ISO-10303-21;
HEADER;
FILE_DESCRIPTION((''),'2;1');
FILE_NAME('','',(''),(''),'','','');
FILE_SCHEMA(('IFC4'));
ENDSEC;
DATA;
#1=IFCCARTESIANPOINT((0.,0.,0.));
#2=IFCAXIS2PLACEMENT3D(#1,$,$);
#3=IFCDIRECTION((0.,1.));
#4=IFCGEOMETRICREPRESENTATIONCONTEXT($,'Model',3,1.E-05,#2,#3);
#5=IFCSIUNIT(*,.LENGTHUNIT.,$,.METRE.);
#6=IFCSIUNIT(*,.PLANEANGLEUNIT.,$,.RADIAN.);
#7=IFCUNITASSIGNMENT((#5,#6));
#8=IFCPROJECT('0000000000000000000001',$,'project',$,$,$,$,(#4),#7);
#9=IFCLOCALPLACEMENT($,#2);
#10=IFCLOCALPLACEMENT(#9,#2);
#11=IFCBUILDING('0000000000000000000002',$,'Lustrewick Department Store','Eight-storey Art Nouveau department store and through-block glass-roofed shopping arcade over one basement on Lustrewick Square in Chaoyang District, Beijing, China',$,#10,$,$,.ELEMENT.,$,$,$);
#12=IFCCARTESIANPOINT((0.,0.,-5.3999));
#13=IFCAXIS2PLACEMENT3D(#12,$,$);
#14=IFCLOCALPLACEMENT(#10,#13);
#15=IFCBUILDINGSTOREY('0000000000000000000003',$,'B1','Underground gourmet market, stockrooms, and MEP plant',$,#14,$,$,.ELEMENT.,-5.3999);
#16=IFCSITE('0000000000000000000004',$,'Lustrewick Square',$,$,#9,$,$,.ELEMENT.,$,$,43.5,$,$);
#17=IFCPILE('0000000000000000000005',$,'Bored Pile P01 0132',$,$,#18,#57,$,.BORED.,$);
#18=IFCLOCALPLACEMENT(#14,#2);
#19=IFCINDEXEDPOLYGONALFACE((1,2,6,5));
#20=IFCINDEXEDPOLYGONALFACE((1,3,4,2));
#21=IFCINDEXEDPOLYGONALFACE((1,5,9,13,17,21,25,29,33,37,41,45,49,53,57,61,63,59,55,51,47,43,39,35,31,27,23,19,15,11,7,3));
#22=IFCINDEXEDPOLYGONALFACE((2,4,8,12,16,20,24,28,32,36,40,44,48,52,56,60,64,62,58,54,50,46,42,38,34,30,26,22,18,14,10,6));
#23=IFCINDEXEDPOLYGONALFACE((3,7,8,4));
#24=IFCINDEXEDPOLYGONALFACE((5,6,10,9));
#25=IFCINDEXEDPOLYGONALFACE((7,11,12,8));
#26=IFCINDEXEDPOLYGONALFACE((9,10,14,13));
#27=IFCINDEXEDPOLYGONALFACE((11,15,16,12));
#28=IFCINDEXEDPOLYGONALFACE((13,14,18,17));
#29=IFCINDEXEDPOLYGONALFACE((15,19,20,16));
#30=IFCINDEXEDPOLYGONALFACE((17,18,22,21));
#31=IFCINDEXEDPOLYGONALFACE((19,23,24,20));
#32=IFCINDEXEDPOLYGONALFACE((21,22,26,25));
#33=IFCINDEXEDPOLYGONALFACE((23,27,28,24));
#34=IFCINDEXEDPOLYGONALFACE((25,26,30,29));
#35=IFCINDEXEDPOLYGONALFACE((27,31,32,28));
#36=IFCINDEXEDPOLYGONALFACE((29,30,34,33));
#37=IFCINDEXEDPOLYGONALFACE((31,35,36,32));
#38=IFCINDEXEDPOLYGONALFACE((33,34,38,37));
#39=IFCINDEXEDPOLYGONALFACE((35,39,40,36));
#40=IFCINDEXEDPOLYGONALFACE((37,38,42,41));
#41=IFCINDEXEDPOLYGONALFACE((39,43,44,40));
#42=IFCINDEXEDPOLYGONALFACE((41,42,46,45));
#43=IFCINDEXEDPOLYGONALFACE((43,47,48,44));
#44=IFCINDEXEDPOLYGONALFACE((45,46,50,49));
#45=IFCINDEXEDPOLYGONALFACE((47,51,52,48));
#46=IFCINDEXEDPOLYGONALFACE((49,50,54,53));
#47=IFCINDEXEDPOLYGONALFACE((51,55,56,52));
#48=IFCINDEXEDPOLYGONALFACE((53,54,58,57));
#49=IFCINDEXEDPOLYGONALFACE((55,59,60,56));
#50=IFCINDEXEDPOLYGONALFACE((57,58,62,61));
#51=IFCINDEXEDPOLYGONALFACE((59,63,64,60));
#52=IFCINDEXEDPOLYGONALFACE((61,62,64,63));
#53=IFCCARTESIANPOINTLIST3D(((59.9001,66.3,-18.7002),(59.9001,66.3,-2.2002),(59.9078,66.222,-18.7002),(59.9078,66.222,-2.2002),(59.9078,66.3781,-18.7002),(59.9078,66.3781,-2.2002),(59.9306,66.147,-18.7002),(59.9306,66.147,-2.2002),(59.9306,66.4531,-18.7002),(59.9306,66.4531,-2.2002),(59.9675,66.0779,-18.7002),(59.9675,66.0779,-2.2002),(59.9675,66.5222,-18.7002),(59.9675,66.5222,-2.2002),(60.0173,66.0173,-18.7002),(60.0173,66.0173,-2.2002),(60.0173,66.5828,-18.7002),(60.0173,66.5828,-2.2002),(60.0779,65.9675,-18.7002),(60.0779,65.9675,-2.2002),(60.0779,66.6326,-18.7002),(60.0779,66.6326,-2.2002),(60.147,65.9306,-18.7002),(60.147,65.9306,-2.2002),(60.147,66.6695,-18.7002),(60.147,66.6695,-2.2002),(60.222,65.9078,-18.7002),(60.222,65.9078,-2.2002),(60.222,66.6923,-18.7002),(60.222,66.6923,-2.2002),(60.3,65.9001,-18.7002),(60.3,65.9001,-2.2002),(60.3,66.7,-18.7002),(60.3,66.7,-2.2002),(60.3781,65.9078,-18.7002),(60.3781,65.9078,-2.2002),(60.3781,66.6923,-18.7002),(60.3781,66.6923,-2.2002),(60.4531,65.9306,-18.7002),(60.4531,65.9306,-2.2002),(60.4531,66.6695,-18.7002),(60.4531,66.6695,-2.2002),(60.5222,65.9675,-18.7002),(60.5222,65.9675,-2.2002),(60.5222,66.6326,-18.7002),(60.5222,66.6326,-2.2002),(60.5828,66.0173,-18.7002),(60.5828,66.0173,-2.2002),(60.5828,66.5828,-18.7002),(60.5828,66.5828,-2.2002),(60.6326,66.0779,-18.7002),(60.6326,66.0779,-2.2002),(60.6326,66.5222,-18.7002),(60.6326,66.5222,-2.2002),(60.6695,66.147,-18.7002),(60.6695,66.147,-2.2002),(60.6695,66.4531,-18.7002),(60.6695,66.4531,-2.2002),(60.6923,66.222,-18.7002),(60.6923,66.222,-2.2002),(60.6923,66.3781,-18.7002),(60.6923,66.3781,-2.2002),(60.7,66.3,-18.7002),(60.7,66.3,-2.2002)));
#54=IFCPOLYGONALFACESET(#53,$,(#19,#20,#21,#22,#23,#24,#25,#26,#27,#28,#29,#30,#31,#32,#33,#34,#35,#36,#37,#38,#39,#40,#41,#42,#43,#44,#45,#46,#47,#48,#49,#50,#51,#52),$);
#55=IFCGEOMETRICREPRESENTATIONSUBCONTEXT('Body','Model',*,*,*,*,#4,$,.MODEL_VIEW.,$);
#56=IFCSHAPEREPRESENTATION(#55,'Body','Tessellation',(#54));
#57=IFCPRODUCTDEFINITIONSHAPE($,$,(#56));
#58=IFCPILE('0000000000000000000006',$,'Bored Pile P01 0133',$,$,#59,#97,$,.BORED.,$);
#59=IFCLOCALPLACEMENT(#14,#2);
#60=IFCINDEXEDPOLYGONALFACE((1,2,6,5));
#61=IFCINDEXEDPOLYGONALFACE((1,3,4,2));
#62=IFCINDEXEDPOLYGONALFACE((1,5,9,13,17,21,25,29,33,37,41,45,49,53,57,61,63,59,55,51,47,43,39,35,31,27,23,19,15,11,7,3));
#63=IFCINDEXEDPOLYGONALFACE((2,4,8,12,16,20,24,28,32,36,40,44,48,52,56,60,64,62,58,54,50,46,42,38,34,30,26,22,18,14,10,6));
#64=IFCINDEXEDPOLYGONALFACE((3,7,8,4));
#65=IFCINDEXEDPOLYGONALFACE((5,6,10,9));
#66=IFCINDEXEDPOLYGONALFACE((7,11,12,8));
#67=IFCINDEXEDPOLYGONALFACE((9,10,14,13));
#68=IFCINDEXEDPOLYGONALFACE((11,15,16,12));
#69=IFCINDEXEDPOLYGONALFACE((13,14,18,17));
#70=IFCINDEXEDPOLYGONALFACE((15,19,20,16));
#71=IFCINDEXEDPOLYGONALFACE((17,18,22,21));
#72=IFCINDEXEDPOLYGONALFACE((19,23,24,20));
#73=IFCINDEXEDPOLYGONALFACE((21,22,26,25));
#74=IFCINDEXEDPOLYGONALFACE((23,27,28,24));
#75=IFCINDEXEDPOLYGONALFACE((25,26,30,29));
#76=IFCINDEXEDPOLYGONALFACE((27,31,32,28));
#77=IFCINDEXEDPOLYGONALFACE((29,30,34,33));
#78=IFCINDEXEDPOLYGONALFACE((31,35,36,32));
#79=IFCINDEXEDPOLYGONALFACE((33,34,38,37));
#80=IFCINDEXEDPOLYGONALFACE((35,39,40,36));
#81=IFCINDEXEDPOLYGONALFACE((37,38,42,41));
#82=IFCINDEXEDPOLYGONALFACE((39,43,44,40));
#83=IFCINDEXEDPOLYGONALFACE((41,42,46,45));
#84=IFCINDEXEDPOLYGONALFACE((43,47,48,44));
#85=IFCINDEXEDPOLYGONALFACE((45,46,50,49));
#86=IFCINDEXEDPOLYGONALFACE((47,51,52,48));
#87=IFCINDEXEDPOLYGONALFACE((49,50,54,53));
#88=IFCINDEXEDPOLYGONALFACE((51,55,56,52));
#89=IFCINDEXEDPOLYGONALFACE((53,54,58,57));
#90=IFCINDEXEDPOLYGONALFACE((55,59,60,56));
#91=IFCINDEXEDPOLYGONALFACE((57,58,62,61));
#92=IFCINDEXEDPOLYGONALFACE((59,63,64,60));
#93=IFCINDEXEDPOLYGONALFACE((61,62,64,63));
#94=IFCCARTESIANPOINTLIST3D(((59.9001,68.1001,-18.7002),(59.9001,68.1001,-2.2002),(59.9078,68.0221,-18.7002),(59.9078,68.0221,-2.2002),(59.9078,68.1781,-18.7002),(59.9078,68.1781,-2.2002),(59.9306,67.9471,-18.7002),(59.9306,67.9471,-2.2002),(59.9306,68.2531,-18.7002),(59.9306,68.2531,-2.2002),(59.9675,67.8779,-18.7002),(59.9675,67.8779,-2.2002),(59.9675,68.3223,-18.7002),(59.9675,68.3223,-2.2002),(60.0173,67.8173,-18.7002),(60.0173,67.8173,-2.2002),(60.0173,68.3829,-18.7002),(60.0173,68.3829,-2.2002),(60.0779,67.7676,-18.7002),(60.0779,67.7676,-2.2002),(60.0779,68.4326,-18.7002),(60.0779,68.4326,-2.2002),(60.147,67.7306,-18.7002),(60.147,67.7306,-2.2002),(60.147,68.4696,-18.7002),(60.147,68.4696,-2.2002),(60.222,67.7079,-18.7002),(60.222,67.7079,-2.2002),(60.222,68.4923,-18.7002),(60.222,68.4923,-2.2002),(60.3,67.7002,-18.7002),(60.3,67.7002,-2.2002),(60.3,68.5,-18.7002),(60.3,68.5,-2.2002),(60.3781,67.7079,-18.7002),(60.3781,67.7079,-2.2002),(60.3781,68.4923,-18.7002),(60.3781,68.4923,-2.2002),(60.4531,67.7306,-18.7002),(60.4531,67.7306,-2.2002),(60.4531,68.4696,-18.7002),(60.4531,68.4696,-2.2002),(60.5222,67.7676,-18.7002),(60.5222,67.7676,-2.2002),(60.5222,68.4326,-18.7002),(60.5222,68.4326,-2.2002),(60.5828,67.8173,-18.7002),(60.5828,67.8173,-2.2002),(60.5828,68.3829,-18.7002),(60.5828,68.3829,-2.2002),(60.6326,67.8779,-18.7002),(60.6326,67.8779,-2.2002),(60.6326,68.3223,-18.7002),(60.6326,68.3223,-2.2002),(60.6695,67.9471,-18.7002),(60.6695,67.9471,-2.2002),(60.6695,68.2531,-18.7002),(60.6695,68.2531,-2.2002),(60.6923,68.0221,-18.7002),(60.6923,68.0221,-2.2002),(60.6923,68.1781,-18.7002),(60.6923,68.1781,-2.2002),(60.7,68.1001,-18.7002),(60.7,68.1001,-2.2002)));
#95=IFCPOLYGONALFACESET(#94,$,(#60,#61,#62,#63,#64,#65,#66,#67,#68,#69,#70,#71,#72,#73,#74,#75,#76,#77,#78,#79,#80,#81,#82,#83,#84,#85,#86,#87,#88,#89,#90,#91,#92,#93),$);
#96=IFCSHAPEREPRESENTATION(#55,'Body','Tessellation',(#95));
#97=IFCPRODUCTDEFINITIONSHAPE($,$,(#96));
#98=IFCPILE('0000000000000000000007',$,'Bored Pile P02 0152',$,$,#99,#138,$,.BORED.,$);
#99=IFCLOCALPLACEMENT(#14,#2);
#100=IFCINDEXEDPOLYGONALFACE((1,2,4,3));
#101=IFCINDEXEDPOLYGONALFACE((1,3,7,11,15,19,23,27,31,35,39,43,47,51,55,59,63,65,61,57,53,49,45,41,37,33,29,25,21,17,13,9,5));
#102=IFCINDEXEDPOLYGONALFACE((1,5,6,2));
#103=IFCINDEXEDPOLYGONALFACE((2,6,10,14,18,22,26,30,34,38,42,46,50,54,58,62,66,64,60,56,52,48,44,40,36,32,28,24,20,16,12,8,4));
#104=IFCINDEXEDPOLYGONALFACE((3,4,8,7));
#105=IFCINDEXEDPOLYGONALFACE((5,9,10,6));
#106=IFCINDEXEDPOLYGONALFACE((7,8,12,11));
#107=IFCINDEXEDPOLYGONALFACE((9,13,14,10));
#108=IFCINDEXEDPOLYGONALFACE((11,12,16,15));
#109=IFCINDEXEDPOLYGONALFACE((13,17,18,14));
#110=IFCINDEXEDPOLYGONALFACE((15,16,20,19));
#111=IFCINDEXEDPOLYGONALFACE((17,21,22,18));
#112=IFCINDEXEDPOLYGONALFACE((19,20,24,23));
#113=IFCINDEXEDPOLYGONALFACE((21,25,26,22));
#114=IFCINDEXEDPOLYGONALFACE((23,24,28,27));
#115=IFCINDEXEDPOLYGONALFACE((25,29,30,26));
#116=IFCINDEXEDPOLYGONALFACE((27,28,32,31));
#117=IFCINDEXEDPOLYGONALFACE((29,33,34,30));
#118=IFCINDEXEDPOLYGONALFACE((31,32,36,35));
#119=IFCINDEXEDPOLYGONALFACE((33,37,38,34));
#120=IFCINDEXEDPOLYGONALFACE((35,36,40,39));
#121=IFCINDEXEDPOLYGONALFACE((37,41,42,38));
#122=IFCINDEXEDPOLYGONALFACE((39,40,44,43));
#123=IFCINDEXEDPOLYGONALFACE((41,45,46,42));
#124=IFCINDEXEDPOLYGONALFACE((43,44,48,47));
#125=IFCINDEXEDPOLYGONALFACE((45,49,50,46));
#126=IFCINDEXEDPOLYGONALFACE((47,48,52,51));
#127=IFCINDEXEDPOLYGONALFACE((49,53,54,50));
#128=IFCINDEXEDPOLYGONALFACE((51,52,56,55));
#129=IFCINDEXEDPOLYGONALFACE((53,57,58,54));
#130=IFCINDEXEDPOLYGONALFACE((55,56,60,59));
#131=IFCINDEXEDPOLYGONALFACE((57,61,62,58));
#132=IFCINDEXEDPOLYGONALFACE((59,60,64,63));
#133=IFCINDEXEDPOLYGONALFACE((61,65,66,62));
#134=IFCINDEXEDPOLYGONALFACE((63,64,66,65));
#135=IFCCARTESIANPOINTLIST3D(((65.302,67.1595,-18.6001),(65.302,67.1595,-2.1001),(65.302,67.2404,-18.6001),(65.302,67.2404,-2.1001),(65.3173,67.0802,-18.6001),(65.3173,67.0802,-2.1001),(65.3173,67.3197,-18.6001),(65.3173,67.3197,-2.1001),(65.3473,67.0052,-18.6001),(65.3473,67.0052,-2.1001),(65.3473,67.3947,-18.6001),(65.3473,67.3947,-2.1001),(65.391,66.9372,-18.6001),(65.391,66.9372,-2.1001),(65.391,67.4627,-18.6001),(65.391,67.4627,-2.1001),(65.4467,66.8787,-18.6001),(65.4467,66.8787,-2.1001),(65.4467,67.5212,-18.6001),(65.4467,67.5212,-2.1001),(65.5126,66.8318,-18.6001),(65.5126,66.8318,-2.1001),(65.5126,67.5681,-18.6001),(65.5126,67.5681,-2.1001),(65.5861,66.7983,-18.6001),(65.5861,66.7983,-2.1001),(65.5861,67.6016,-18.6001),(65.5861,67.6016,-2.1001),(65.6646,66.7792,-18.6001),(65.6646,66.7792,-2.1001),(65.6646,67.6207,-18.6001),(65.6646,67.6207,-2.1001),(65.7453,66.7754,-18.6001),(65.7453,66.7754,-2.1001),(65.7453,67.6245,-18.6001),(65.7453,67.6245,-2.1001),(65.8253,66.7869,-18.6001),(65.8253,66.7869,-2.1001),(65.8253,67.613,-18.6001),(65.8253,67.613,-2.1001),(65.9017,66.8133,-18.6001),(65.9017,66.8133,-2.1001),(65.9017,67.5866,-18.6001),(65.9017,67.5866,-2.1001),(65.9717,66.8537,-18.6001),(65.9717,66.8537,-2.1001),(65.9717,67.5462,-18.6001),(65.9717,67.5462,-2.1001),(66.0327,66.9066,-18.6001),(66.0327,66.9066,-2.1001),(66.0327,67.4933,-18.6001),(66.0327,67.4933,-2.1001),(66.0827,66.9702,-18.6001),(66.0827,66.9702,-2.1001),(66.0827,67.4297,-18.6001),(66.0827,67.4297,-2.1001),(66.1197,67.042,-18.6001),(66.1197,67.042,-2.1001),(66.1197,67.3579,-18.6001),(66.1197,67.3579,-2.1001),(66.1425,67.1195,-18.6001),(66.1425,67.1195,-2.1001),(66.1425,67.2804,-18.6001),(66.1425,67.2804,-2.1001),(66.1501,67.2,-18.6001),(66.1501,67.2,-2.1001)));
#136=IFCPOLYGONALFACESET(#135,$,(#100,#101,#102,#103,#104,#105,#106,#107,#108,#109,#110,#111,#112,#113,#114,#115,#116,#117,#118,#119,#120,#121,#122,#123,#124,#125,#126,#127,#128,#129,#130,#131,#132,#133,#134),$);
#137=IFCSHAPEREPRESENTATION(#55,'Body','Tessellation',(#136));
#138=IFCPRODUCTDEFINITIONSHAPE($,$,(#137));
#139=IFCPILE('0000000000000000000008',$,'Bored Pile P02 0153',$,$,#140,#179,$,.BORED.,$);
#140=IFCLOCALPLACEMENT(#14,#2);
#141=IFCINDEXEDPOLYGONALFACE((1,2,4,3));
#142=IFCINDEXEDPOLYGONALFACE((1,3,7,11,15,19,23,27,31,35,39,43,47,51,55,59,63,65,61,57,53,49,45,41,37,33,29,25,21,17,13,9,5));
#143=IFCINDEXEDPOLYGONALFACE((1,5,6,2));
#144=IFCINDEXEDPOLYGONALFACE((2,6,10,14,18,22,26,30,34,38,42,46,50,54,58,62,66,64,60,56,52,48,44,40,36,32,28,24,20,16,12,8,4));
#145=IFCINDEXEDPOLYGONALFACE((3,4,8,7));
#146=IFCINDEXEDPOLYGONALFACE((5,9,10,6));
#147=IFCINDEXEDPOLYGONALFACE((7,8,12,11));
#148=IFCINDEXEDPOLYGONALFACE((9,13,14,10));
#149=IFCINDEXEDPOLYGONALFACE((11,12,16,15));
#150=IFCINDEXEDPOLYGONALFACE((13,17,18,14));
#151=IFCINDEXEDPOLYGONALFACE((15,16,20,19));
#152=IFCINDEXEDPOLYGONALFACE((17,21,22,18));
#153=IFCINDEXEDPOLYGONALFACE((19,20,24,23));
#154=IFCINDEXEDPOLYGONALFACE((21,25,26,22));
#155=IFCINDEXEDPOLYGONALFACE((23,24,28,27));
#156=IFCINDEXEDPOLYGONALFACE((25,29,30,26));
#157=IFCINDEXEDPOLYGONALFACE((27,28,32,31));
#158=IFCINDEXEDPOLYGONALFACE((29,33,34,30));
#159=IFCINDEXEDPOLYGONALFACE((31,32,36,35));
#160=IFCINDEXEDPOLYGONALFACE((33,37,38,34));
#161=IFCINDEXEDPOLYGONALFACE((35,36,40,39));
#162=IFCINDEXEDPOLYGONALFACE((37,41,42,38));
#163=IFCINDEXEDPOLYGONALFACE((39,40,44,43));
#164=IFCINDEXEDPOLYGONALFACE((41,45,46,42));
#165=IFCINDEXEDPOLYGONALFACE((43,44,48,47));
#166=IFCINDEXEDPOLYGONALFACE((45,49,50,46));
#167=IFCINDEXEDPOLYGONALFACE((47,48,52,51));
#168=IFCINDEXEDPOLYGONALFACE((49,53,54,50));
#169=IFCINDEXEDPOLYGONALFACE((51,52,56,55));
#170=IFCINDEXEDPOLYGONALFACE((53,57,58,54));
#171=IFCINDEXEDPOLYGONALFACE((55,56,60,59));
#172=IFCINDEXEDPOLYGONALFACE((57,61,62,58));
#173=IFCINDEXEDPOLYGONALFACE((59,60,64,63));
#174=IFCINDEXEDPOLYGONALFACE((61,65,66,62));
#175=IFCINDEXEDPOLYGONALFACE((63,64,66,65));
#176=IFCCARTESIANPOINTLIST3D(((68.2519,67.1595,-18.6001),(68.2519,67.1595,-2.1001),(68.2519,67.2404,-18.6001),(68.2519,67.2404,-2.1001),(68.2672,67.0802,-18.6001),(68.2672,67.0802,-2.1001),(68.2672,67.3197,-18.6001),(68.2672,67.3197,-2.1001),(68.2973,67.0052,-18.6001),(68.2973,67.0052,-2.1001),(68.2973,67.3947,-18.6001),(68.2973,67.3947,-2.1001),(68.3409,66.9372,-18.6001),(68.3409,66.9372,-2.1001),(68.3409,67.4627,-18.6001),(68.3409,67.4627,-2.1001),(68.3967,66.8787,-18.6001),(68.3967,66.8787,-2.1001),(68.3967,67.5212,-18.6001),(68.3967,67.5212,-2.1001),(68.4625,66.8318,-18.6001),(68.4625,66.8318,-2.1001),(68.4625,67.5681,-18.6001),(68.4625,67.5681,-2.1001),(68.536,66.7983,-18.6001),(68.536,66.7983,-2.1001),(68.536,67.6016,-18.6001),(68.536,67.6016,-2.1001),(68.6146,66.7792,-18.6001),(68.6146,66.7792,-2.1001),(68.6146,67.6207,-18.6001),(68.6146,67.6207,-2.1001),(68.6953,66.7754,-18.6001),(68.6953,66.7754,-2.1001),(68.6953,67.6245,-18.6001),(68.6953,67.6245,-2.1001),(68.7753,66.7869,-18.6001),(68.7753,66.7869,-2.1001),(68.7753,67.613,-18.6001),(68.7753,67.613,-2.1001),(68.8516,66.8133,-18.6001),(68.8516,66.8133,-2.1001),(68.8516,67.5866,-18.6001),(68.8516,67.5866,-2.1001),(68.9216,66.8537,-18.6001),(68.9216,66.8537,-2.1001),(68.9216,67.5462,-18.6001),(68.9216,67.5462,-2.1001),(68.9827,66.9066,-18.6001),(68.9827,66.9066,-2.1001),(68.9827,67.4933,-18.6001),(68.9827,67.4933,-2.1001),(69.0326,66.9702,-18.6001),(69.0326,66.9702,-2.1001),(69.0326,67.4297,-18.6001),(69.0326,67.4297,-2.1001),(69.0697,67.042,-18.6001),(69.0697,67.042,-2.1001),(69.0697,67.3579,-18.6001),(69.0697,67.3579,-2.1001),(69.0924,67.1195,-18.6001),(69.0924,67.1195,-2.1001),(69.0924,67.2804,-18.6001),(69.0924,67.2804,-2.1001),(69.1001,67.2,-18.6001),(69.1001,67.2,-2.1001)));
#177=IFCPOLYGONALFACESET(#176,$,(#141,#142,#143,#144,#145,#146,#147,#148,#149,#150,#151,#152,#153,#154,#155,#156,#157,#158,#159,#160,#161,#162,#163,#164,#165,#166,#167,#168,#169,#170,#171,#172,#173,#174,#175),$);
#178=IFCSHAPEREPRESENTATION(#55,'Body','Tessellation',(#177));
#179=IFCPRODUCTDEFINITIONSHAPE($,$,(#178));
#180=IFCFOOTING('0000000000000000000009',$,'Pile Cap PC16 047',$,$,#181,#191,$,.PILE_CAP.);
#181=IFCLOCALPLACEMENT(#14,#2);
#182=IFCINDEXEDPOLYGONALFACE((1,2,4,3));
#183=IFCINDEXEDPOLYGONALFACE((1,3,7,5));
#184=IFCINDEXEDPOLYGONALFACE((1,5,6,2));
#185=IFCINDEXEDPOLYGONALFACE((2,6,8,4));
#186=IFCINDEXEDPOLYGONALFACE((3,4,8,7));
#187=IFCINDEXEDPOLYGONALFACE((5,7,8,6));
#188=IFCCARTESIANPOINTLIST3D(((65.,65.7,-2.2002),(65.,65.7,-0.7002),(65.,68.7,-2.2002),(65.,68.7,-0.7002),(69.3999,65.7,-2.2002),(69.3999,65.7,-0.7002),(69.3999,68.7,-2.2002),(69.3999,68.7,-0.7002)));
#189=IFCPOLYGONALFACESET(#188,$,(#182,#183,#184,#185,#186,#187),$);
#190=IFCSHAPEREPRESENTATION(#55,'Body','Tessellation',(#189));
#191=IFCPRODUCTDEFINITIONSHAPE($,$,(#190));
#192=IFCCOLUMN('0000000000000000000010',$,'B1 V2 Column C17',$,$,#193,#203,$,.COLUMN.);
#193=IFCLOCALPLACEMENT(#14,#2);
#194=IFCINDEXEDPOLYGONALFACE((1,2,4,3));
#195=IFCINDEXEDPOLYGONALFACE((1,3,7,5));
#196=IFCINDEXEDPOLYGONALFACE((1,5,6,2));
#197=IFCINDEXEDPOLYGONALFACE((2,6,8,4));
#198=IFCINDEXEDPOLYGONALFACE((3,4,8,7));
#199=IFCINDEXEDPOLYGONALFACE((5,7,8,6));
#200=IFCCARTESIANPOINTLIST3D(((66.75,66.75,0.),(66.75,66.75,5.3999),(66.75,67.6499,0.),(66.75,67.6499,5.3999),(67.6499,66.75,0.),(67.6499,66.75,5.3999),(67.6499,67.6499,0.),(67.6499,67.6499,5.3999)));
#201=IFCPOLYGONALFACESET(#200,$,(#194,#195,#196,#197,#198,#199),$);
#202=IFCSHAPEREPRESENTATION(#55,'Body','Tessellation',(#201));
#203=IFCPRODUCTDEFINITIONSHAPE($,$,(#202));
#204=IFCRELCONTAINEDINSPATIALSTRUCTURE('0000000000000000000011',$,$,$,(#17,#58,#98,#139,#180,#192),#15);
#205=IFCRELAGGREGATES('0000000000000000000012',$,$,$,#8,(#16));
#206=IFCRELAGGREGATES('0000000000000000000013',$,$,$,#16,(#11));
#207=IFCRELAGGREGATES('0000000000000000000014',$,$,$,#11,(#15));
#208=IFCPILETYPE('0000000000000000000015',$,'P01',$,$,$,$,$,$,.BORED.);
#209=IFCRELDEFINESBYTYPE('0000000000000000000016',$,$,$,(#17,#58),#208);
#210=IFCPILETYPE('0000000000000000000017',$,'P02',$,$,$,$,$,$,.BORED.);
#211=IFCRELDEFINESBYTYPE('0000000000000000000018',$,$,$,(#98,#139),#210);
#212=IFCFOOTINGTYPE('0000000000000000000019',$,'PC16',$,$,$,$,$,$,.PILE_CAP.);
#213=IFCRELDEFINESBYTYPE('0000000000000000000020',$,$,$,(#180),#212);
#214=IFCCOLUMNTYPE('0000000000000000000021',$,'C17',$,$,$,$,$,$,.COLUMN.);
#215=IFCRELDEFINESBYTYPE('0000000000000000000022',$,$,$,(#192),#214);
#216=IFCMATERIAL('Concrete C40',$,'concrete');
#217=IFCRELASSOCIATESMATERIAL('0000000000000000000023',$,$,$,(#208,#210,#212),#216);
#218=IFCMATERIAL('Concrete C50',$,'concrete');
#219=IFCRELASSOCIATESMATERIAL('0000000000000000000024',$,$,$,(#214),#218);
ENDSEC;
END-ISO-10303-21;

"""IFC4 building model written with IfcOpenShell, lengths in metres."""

from ifc_helpers import new_model, si_unit, direction, frame, origin, origin_2d, place, context, subcontext, project, spatial, rectangle, circle, extrude, material, material_profile, profile_set, type_object, element, save


model = new_model("IFC4")

# Units and contexts
model_context = context("Model", 3, precision=1e-05, world=origin(), true_north=direction((0.0, 1.0)))
body_context = subcontext(model_context, "Body", "Model", "MODEL_VIEW")
ifc_project = project(units=[si_unit("LENGTHUNIT", "METRE"), si_unit("PLANEANGLEUNIT", "RADIAN")], contexts=[model_context])

# Site, building, storey
site_placement = place(None, origin())
site = spatial("IfcSite", under=ifc_project, at=site_placement, Name="Lustrewick Square", CompositionType="ELEMENT", RefElevation=43.5)
building_placement = place(site_placement, origin())
building = spatial("IfcBuilding", under=site, at=building_placement, Name="Lustrewick Department Store", Description="Eight-storey Art Nouveau department store and through-block glass-roofed shopping arcade over one basement on Lustrewick Square in Chaoyang District, Beijing, China", CompositionType="ELEMENT")
storey_placement = place(building_placement, frame((0.0, 0.0, -5.3999)))
storey = spatial("IfcBuildingStorey", under=building, at=storey_placement, Name="B1", Description="Underground gourmet market, stockrooms, and MEP plant", CompositionType="ELEMENT", Elevation=-5.3999)

# Piles
ifc_material_1 = material(Name="Concrete C40", Category="concrete")
ifc_material_profile_1 = material_profile(ifc_material_1, circle(Radius=0.3999, at=origin_2d()), Name="PILE D800")
ifc_profile_set_1 = profile_set([ifc_material_profile_1], Name="Concrete C40")
pile_type_1 = type_object("IfcPileType", Name="P01", PredefinedType="BORED", material=ifc_profile_set_1)
for number, where, z_axis, x_axis, name in (
    (1, (60.3, 66.3, -2.2002), (0.0, 0.0, -1.0), (1.0, 0.0, 0.0), "Bored Pile P01 0132"),
    (2, (60.3, 68.1001, -2.2002), (0.0, 0.0, -1.0), (1.0, 0.0, 0.0), "Bored Pile P01 0133"),
):
    element("IfcPile", number, at=place(storey_placement, frame(where, z_axis=z_axis, x_axis=x_axis)), inside=storey, type_object=pile_type_1, Name=name, PredefinedType="BORED", context=body_context, shape_type="SweptSolid", body=[
        extrude(circle(Radius=0.3999, at=origin_2d()), origin(), (0.0, 0.0, 1.0), 16.5),
    ])
ifc_material_profile_2 = material_profile(ifc_material_1, circle(Radius=0.425, at=origin_2d()), Name="PILE D850")
ifc_profile_set_2 = profile_set([ifc_material_profile_2], Name="Concrete C40")
pile_type_2 = type_object("IfcPileType", Name="P02", PredefinedType="BORED", material=ifc_profile_set_2)
for number, where, z_axis, x_axis, name in (
    (3, (65.7251, 67.2, -2.1001), (0.0, 0.0, -1.0), (1.0, 0.0, 0.0), "Bored Pile P02 0152"),
    (4, (68.675, 67.2, -2.1001), (0.0, 0.0, -1.0), (1.0, 0.0, 0.0), "Bored Pile P02 0153"),
):
    element("IfcPile", number, at=place(storey_placement, frame(where, z_axis=z_axis, x_axis=x_axis)), inside=storey, type_object=pile_type_2, Name=name, PredefinedType="BORED", context=body_context, shape_type="SweptSolid", body=[
        extrude(circle(Radius=0.425, at=origin_2d()), origin(), (0.0, 0.0, 1.0), 16.5),
    ])

# Footing
footing_type = type_object("IfcFootingType", Name="PC16", PredefinedType="PILE_CAP", material=ifc_material_1)
footing_placement = place(storey_placement, frame((67.2, 67.2, -2.2002), z_axis=(0.0, 0.0, 1.0), x_axis=(1.0, 0.0, 0.0)))
element("IfcFooting", 5, at=footing_placement, inside=storey, type_object=footing_type, Name="Pile Cap PC16 047", PredefinedType="PILE_CAP", context=body_context, shape_type="SweptSolid", body=[
    extrude(rectangle(XDim=4.3999, YDim=3.0, at=origin_2d()), origin(), (0.0, 0.0, 1.0), 1.5),
])

# Column
ifc_material_2 = material(Name="Concrete C50", Category="concrete")
ifc_material_profile_3 = material_profile(ifc_material_2, rectangle(XDim=0.8999, YDim=0.8999, at=origin_2d()), Name="RC 900x900")
ifc_profile_set_3 = profile_set([ifc_material_profile_3], Name="Concrete C50")
column_type_1 = type_object("IfcColumnType", Name="C17", PredefinedType="COLUMN", material=ifc_profile_set_3)
column_1_placement = place(storey_placement, frame((67.2, 67.2, 0.0), z_axis=(0.0, 0.0, 1.0), x_axis=(1.0, 0.0, 0.0)))
element("IfcColumn", 6, at=column_1_placement, inside=storey, type_object=column_type_1, Name="B1 V2 Column C17", PredefinedType="COLUMN", context=body_context, shape_type="SweptSolid", body=[
    extrude(rectangle(XDim=0.8999, YDim=0.8999, at=origin_2d()), origin(), (0.0, 0.0, 1.0), 5.3999),
])

save(model, "model.ifc")
